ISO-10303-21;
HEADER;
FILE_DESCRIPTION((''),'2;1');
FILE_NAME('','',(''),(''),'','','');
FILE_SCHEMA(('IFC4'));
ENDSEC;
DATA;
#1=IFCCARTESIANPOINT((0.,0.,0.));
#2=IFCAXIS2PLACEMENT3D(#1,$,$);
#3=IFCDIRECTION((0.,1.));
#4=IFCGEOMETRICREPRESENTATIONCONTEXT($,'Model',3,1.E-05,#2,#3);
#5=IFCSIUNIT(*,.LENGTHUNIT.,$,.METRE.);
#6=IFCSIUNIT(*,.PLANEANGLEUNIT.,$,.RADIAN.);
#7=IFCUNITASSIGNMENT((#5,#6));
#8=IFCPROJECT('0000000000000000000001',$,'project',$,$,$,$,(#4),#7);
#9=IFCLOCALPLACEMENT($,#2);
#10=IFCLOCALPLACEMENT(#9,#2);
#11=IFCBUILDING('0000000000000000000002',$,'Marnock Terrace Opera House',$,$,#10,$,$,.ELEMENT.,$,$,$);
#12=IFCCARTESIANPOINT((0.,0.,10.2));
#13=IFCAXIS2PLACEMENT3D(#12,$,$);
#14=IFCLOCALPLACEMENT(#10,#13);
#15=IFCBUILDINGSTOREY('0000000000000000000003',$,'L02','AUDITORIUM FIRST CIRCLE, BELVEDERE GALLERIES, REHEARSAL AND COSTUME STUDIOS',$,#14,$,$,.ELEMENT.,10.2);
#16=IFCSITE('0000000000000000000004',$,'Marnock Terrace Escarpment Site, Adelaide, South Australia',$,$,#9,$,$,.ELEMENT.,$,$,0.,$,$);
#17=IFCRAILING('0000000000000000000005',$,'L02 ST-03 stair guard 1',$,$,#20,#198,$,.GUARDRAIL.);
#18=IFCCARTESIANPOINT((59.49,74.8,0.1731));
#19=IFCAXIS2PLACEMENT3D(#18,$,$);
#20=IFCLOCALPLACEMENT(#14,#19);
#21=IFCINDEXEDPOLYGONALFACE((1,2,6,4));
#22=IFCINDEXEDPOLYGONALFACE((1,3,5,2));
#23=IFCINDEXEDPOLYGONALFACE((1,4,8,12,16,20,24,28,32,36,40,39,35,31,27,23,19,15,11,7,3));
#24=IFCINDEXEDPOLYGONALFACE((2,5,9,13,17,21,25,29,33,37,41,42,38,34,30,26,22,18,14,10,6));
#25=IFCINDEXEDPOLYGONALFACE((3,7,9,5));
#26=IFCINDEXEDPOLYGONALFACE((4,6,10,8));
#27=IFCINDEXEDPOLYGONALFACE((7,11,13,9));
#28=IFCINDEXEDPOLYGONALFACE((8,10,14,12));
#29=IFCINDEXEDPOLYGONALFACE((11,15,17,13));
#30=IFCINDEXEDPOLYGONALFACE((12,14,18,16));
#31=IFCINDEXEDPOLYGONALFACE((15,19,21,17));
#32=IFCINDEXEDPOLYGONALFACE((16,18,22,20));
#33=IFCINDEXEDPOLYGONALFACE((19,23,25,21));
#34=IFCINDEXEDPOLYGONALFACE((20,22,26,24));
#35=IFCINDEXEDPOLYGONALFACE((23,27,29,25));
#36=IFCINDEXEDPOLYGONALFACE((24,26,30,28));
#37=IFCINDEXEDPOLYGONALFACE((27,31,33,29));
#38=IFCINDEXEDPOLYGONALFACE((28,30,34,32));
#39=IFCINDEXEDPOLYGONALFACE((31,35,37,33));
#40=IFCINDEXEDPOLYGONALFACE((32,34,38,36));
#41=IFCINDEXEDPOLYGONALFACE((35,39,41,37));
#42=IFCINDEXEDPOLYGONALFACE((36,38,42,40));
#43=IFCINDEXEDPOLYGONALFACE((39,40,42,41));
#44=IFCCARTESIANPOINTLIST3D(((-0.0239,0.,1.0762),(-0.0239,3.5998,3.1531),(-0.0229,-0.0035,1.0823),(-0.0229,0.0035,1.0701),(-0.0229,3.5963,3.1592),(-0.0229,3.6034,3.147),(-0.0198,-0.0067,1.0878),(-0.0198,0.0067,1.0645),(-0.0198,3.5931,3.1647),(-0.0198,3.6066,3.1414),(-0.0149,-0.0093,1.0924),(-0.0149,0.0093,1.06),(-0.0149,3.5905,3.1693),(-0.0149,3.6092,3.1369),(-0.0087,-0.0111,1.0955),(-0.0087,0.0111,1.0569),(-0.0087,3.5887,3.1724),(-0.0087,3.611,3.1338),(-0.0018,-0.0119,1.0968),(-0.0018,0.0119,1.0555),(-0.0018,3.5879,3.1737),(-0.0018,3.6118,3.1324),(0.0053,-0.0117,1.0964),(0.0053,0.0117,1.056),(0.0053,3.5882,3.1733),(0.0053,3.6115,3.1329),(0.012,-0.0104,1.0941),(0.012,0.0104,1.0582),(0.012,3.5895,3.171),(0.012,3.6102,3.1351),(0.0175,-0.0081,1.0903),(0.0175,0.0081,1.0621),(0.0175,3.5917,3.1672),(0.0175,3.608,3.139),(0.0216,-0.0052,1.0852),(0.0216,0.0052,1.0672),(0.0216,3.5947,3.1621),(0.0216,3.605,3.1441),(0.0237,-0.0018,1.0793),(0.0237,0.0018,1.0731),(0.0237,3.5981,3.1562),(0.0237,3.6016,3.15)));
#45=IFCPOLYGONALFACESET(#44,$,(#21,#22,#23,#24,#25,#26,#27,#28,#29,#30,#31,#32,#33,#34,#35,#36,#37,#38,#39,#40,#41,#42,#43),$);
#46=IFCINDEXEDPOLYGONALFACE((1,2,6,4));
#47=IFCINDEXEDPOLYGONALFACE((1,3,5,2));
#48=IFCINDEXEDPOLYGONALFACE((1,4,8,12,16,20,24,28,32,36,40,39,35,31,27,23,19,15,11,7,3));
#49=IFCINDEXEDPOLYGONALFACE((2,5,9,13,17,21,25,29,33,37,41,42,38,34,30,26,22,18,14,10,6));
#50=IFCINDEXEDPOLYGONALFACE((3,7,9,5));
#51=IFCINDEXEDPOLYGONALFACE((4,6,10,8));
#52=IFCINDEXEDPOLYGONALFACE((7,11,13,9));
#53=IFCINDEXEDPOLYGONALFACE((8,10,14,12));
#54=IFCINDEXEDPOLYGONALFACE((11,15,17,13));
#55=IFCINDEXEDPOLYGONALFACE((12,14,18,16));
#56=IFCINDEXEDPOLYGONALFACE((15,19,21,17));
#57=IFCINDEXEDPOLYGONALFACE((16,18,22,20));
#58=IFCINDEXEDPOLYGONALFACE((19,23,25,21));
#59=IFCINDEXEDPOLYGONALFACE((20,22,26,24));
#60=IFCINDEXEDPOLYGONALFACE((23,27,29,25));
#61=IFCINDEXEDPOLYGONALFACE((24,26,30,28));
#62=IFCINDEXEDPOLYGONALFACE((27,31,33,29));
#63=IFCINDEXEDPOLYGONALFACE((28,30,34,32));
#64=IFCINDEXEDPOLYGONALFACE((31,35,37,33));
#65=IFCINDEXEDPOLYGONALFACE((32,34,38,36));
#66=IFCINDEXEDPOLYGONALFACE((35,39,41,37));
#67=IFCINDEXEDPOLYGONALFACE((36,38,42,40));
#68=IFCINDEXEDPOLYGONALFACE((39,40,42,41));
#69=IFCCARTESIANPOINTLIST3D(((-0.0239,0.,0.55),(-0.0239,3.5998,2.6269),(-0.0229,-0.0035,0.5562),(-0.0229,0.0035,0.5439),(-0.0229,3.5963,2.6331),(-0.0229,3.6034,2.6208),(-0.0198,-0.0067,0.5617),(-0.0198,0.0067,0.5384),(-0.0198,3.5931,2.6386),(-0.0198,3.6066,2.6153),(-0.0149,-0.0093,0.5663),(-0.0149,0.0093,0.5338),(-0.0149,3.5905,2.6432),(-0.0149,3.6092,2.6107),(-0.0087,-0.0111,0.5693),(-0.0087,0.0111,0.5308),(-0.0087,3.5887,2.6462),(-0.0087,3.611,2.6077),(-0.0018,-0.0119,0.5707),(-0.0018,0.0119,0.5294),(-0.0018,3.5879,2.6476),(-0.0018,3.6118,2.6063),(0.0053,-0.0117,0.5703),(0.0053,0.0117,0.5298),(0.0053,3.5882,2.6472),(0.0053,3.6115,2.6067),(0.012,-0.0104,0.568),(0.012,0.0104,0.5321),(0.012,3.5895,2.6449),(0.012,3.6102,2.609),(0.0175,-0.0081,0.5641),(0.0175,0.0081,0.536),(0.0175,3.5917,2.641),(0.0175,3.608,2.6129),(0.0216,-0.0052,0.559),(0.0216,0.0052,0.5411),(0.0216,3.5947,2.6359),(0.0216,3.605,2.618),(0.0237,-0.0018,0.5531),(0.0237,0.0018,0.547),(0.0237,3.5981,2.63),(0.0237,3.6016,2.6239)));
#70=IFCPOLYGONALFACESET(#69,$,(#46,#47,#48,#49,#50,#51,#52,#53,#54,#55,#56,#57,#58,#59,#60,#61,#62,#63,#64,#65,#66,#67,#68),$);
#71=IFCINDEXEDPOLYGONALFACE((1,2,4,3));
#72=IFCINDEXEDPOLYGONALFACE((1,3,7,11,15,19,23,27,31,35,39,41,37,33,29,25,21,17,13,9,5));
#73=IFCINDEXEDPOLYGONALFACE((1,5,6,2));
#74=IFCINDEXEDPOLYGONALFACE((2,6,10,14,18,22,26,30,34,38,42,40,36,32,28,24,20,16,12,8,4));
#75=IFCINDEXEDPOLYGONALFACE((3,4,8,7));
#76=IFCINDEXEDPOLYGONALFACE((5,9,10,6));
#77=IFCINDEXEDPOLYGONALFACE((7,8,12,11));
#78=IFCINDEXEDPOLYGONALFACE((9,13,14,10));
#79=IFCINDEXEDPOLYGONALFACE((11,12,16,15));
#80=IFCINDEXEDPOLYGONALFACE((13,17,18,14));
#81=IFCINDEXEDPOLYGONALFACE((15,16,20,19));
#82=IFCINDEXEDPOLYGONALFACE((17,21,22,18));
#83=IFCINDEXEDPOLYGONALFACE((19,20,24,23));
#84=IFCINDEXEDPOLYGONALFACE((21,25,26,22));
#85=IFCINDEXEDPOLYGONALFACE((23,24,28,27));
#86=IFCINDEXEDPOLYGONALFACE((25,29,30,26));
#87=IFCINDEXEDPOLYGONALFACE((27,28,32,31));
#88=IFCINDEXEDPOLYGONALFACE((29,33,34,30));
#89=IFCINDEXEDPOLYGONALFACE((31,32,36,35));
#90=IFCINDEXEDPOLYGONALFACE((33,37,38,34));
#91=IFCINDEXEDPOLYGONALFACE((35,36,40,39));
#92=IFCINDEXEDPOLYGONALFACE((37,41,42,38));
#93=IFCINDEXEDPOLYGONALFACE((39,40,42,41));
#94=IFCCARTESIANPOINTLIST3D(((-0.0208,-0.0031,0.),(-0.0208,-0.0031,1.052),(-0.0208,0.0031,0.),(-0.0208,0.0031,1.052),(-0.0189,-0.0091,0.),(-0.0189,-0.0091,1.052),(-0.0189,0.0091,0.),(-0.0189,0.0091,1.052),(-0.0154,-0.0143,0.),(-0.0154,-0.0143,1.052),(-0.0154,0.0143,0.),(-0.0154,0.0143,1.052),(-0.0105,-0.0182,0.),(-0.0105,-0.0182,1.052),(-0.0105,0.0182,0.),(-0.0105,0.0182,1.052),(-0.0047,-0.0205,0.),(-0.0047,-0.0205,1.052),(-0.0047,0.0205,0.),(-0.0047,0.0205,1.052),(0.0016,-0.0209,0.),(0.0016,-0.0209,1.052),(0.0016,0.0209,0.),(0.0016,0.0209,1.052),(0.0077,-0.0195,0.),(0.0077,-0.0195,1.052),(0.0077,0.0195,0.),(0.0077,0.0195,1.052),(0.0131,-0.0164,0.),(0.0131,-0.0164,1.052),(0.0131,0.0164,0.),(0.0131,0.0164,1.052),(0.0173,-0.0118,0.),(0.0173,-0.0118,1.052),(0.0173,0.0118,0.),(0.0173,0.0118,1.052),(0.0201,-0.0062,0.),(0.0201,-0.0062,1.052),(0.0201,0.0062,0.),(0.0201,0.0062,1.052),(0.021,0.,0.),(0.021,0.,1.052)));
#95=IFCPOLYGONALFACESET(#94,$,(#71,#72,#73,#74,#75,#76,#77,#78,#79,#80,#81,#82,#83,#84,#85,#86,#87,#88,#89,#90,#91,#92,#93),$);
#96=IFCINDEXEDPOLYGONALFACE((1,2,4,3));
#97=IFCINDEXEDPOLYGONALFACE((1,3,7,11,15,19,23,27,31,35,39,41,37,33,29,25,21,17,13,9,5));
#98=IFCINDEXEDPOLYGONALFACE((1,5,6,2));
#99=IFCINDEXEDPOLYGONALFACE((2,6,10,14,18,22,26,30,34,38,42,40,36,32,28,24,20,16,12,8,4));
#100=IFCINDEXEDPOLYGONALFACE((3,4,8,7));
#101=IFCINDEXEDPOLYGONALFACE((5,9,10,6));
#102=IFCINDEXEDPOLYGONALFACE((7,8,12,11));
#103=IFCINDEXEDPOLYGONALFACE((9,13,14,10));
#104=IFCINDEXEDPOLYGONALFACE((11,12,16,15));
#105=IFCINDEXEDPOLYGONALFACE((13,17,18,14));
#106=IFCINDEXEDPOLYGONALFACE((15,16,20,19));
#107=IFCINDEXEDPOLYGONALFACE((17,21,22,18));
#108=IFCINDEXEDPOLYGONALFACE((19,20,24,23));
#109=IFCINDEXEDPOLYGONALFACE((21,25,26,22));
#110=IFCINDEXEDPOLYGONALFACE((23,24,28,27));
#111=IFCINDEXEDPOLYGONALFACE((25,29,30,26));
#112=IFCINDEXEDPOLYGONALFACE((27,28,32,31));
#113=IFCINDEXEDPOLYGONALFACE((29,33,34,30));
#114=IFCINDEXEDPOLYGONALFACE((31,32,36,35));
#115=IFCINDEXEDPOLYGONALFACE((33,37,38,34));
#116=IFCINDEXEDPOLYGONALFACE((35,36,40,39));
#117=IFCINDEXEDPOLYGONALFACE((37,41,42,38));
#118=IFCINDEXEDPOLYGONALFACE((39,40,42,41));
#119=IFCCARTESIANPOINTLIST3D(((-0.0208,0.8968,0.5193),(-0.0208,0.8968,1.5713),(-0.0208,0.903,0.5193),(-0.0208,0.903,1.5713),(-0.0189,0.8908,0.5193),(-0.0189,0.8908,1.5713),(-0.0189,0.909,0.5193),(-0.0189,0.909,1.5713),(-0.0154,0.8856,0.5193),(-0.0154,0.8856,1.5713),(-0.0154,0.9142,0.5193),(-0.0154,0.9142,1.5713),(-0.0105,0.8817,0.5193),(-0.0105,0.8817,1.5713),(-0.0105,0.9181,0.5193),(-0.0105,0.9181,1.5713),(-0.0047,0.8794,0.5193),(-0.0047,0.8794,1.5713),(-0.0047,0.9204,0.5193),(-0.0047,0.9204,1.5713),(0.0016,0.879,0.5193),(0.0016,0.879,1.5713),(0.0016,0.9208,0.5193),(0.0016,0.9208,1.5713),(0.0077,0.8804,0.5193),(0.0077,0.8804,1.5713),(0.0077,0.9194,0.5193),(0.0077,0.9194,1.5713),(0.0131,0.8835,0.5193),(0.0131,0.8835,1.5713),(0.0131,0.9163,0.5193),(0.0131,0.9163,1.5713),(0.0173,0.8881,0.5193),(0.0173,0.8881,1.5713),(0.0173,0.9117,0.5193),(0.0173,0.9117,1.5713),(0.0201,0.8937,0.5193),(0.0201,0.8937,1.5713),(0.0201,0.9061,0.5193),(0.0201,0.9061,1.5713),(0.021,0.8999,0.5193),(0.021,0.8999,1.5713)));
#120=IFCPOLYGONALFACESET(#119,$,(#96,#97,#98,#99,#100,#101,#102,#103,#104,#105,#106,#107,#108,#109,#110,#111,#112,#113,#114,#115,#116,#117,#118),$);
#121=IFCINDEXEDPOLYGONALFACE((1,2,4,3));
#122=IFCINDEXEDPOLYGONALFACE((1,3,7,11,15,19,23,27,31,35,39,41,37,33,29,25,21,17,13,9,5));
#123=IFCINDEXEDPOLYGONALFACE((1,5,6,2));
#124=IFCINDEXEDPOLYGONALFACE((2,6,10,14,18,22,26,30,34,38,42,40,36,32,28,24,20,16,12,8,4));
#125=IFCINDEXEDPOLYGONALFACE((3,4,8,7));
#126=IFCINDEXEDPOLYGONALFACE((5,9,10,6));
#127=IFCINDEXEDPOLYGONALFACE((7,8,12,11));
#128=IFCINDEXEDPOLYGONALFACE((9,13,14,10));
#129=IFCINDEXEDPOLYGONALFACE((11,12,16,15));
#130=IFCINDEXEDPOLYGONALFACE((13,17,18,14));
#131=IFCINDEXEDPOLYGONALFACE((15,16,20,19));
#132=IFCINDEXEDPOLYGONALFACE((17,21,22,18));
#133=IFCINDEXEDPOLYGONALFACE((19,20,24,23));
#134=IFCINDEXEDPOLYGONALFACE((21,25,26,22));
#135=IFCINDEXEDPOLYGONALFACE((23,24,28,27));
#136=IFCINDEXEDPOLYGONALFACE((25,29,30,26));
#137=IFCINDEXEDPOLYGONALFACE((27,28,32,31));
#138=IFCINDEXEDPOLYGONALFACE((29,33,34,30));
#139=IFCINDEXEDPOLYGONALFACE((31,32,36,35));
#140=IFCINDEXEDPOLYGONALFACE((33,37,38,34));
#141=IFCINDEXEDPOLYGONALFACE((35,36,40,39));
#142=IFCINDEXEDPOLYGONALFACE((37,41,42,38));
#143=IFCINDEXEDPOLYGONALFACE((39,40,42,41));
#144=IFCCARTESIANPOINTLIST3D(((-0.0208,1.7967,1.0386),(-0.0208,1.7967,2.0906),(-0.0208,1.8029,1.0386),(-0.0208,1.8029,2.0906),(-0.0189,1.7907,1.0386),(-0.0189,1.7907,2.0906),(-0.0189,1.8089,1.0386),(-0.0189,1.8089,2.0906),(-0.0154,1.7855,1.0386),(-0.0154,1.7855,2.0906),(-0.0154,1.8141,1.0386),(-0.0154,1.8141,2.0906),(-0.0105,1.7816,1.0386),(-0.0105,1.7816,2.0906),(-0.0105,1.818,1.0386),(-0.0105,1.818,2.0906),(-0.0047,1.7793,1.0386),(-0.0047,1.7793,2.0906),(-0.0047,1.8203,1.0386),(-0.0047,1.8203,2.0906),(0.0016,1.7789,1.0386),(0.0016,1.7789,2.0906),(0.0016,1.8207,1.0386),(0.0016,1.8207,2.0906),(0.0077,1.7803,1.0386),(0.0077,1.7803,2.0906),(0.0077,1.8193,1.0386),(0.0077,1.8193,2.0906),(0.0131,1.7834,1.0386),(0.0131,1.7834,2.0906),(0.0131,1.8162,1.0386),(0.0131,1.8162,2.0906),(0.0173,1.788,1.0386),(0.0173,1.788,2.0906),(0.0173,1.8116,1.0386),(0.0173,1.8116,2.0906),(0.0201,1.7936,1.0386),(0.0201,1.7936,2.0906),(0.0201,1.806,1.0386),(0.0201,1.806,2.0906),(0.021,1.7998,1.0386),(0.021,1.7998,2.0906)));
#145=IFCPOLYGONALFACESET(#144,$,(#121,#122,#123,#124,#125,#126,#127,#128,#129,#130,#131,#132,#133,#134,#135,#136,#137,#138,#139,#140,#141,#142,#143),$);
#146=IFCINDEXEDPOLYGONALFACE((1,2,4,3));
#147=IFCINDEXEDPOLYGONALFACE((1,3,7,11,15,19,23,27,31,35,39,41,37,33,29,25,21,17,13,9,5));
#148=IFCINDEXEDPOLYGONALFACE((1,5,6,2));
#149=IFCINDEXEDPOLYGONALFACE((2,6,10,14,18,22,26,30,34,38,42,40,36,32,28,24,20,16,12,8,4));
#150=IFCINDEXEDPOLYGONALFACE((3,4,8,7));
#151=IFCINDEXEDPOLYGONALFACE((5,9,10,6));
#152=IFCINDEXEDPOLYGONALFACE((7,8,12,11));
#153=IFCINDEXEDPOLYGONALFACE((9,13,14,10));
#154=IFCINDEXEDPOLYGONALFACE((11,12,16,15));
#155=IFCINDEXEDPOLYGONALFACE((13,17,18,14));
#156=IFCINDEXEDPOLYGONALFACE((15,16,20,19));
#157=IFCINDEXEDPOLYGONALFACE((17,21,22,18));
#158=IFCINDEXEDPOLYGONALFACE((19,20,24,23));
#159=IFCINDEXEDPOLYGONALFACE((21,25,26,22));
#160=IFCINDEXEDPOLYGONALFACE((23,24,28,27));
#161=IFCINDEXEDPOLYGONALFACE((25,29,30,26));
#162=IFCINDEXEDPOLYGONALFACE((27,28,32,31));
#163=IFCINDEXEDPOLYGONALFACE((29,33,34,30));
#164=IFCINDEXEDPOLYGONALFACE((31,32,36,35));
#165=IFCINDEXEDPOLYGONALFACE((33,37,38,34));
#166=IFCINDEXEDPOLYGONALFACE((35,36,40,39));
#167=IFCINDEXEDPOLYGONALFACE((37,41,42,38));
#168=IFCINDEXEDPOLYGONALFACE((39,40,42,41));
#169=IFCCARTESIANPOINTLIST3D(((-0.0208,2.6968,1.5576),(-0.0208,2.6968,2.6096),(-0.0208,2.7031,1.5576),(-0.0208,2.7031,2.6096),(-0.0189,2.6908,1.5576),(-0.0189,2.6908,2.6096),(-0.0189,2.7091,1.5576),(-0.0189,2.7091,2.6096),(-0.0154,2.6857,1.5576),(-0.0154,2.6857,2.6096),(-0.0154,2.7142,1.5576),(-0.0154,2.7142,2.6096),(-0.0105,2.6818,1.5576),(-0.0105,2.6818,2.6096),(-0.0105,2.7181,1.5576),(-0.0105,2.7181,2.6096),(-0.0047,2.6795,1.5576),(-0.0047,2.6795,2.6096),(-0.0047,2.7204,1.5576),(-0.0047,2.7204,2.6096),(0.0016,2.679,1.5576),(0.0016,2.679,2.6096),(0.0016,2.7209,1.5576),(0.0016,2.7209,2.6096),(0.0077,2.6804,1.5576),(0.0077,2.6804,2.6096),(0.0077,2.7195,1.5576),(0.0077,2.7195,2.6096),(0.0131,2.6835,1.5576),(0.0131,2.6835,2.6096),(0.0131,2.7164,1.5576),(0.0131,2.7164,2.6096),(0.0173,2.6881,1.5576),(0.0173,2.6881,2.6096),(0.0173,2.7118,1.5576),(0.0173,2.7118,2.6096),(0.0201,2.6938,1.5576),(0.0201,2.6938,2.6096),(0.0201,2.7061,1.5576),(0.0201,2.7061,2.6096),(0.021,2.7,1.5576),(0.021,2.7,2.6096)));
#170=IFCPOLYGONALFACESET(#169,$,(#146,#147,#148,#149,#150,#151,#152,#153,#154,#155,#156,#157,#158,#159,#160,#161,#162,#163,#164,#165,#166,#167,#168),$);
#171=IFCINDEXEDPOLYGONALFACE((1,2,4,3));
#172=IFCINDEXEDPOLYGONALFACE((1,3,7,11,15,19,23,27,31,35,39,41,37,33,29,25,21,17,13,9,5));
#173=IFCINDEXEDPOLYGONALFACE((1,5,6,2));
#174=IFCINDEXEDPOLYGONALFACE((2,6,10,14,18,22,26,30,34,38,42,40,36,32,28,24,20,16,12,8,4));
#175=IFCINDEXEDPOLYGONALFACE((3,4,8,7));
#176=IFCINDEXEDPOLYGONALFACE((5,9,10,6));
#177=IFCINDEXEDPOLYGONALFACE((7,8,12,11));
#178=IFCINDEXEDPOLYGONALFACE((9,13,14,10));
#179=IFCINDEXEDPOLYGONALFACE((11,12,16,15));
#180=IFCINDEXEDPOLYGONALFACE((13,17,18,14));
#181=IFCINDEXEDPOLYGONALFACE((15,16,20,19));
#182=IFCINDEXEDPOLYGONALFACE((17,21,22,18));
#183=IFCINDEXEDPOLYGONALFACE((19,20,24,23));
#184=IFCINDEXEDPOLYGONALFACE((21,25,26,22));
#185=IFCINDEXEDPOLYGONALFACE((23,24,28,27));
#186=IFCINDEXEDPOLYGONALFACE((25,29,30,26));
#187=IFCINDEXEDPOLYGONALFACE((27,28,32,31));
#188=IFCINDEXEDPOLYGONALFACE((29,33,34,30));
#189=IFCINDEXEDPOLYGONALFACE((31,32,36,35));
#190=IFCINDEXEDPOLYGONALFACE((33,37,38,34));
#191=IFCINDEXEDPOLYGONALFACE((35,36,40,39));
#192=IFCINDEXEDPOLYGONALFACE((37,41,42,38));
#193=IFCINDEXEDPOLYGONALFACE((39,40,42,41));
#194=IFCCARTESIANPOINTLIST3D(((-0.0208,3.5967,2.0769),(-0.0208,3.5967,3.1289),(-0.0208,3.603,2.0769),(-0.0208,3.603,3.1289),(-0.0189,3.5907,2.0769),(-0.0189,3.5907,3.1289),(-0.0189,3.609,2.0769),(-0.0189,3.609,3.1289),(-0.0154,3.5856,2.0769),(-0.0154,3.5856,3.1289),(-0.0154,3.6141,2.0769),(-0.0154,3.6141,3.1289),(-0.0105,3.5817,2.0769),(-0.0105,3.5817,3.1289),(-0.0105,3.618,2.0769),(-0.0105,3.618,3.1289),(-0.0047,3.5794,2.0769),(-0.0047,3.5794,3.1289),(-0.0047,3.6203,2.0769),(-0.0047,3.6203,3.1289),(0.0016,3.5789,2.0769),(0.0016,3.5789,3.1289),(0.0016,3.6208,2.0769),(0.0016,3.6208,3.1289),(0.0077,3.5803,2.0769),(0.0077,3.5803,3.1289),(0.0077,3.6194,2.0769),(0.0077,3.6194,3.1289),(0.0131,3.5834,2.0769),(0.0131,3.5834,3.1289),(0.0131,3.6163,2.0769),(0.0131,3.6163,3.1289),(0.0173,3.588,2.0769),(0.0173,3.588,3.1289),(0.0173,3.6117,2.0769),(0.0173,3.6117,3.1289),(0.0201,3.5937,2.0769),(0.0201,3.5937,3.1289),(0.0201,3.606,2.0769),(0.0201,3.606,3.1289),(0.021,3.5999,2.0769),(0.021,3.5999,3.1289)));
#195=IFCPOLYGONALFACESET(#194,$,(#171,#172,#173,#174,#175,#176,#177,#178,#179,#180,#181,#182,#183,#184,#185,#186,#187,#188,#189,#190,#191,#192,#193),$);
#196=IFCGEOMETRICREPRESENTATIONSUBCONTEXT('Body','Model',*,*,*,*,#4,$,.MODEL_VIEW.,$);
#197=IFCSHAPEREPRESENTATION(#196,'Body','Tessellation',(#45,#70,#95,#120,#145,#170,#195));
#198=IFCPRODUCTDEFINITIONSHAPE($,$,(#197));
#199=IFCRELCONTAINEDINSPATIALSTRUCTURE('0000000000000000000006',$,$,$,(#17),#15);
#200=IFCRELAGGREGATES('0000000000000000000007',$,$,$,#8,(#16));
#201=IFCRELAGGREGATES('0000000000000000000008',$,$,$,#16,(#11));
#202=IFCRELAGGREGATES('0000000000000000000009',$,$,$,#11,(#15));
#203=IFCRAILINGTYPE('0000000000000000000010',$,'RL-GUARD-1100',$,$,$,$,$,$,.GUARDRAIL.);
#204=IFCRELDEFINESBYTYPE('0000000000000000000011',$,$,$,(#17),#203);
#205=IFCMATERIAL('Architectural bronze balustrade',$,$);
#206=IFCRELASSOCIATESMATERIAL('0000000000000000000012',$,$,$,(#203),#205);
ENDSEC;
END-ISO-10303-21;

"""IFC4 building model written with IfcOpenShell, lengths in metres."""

from ifc_helpers import new_model, si_unit, direction, frame, origin, origin_2d, place, context, subcontext, project, spatial, circle, extrude, material, type_object, element, save


model = new_model("IFC4")

# Units and contexts
model_context = context("Model", 3, precision=1e-05, world=origin(), true_north=direction((0.0, 1.0)))
body_context = subcontext(model_context, "Body", "Model", "MODEL_VIEW")
ifc_project = project(units=[si_unit("LENGTHUNIT", "METRE"), si_unit("PLANEANGLEUNIT", "RADIAN")], contexts=[model_context])

# Site, building, storey
site_placement = place(None, origin())
site = spatial("IfcSite", under=ifc_project, at=site_placement, Name="Marnock Terrace Escarpment Site, Adelaide, South Australia", CompositionType="ELEMENT", RefElevation=0.0)
building_placement = place(site_placement, origin())
building = spatial("IfcBuilding", under=site, at=building_placement, Name="Marnock Terrace Opera House", CompositionType="ELEMENT")
storey_placement = place(building_placement, frame((0.0, 0.0, 10.2)))
storey = spatial("IfcBuildingStorey", under=building, at=storey_placement, Name="L02", Description="AUDITORIUM FIRST CIRCLE, BELVEDERE GALLERIES, REHEARSAL AND COSTUME STUDIOS", CompositionType="ELEMENT", Elevation=10.2)

# Railing
ifc_material_1 = material(Name="Architectural bronze balustrade")
railing_type_1 = type_object("IfcRailingType", Name="RL-GUARD-1100", PredefinedType="GUARDRAIL", material=ifc_material_1)
railing_1_placement = place(storey_placement, frame((59.49, 74.8, 0.1731)))
element("IfcRailing", 1, at=railing_1_placement, inside=storey, type_object=railing_type_1, Name="L02 ST-03 stair guard 1", PredefinedType="GUARDRAIL", context=body_context, shape_type="SweptSolid", body=[
    extrude(circle(Radius=0.0239, at=origin_2d()), frame((0.0, 0.0, 1.0762), z_axis=(0.0, 0.866179, 0.499734), x_axis=(-1.0, 0.0, 0.0)), (0.0, 0.0, 1.0), 4.156),
    extrude(circle(Radius=0.0239, at=origin_2d()), frame((0.0, 0.0, 0.55), z_axis=(0.0, 0.866179, 0.499734), x_axis=(-1.0, 0.0, 0.0)), (0.0, 0.0, 1.0), 4.156),
    extrude(circle(Radius=0.021, at=origin_2d()), origin(), (0.0, 0.0, 1.0), 1.052),
    extrude(circle(Radius=0.021, at=origin_2d()), frame((0.0, 0.8999, 0.5193)), (0.0, 0.0, 1.0), 1.052),
    extrude(circle(Radius=0.021, at=origin_2d()), frame((0.0, 1.7998, 1.0386)), (0.0, 0.0, 1.0), 1.052),
    extrude(circle(Radius=0.021, at=origin_2d()), frame((0.0, 2.7, 1.5576)), (0.0, 0.0, 1.0), 1.052),
    extrude(circle(Radius=0.021, at=origin_2d()), frame((0.0, 3.5999, 2.0769)), (0.0, 0.0, 1.0), 1.052),
])

save(model, "model.ifc")
